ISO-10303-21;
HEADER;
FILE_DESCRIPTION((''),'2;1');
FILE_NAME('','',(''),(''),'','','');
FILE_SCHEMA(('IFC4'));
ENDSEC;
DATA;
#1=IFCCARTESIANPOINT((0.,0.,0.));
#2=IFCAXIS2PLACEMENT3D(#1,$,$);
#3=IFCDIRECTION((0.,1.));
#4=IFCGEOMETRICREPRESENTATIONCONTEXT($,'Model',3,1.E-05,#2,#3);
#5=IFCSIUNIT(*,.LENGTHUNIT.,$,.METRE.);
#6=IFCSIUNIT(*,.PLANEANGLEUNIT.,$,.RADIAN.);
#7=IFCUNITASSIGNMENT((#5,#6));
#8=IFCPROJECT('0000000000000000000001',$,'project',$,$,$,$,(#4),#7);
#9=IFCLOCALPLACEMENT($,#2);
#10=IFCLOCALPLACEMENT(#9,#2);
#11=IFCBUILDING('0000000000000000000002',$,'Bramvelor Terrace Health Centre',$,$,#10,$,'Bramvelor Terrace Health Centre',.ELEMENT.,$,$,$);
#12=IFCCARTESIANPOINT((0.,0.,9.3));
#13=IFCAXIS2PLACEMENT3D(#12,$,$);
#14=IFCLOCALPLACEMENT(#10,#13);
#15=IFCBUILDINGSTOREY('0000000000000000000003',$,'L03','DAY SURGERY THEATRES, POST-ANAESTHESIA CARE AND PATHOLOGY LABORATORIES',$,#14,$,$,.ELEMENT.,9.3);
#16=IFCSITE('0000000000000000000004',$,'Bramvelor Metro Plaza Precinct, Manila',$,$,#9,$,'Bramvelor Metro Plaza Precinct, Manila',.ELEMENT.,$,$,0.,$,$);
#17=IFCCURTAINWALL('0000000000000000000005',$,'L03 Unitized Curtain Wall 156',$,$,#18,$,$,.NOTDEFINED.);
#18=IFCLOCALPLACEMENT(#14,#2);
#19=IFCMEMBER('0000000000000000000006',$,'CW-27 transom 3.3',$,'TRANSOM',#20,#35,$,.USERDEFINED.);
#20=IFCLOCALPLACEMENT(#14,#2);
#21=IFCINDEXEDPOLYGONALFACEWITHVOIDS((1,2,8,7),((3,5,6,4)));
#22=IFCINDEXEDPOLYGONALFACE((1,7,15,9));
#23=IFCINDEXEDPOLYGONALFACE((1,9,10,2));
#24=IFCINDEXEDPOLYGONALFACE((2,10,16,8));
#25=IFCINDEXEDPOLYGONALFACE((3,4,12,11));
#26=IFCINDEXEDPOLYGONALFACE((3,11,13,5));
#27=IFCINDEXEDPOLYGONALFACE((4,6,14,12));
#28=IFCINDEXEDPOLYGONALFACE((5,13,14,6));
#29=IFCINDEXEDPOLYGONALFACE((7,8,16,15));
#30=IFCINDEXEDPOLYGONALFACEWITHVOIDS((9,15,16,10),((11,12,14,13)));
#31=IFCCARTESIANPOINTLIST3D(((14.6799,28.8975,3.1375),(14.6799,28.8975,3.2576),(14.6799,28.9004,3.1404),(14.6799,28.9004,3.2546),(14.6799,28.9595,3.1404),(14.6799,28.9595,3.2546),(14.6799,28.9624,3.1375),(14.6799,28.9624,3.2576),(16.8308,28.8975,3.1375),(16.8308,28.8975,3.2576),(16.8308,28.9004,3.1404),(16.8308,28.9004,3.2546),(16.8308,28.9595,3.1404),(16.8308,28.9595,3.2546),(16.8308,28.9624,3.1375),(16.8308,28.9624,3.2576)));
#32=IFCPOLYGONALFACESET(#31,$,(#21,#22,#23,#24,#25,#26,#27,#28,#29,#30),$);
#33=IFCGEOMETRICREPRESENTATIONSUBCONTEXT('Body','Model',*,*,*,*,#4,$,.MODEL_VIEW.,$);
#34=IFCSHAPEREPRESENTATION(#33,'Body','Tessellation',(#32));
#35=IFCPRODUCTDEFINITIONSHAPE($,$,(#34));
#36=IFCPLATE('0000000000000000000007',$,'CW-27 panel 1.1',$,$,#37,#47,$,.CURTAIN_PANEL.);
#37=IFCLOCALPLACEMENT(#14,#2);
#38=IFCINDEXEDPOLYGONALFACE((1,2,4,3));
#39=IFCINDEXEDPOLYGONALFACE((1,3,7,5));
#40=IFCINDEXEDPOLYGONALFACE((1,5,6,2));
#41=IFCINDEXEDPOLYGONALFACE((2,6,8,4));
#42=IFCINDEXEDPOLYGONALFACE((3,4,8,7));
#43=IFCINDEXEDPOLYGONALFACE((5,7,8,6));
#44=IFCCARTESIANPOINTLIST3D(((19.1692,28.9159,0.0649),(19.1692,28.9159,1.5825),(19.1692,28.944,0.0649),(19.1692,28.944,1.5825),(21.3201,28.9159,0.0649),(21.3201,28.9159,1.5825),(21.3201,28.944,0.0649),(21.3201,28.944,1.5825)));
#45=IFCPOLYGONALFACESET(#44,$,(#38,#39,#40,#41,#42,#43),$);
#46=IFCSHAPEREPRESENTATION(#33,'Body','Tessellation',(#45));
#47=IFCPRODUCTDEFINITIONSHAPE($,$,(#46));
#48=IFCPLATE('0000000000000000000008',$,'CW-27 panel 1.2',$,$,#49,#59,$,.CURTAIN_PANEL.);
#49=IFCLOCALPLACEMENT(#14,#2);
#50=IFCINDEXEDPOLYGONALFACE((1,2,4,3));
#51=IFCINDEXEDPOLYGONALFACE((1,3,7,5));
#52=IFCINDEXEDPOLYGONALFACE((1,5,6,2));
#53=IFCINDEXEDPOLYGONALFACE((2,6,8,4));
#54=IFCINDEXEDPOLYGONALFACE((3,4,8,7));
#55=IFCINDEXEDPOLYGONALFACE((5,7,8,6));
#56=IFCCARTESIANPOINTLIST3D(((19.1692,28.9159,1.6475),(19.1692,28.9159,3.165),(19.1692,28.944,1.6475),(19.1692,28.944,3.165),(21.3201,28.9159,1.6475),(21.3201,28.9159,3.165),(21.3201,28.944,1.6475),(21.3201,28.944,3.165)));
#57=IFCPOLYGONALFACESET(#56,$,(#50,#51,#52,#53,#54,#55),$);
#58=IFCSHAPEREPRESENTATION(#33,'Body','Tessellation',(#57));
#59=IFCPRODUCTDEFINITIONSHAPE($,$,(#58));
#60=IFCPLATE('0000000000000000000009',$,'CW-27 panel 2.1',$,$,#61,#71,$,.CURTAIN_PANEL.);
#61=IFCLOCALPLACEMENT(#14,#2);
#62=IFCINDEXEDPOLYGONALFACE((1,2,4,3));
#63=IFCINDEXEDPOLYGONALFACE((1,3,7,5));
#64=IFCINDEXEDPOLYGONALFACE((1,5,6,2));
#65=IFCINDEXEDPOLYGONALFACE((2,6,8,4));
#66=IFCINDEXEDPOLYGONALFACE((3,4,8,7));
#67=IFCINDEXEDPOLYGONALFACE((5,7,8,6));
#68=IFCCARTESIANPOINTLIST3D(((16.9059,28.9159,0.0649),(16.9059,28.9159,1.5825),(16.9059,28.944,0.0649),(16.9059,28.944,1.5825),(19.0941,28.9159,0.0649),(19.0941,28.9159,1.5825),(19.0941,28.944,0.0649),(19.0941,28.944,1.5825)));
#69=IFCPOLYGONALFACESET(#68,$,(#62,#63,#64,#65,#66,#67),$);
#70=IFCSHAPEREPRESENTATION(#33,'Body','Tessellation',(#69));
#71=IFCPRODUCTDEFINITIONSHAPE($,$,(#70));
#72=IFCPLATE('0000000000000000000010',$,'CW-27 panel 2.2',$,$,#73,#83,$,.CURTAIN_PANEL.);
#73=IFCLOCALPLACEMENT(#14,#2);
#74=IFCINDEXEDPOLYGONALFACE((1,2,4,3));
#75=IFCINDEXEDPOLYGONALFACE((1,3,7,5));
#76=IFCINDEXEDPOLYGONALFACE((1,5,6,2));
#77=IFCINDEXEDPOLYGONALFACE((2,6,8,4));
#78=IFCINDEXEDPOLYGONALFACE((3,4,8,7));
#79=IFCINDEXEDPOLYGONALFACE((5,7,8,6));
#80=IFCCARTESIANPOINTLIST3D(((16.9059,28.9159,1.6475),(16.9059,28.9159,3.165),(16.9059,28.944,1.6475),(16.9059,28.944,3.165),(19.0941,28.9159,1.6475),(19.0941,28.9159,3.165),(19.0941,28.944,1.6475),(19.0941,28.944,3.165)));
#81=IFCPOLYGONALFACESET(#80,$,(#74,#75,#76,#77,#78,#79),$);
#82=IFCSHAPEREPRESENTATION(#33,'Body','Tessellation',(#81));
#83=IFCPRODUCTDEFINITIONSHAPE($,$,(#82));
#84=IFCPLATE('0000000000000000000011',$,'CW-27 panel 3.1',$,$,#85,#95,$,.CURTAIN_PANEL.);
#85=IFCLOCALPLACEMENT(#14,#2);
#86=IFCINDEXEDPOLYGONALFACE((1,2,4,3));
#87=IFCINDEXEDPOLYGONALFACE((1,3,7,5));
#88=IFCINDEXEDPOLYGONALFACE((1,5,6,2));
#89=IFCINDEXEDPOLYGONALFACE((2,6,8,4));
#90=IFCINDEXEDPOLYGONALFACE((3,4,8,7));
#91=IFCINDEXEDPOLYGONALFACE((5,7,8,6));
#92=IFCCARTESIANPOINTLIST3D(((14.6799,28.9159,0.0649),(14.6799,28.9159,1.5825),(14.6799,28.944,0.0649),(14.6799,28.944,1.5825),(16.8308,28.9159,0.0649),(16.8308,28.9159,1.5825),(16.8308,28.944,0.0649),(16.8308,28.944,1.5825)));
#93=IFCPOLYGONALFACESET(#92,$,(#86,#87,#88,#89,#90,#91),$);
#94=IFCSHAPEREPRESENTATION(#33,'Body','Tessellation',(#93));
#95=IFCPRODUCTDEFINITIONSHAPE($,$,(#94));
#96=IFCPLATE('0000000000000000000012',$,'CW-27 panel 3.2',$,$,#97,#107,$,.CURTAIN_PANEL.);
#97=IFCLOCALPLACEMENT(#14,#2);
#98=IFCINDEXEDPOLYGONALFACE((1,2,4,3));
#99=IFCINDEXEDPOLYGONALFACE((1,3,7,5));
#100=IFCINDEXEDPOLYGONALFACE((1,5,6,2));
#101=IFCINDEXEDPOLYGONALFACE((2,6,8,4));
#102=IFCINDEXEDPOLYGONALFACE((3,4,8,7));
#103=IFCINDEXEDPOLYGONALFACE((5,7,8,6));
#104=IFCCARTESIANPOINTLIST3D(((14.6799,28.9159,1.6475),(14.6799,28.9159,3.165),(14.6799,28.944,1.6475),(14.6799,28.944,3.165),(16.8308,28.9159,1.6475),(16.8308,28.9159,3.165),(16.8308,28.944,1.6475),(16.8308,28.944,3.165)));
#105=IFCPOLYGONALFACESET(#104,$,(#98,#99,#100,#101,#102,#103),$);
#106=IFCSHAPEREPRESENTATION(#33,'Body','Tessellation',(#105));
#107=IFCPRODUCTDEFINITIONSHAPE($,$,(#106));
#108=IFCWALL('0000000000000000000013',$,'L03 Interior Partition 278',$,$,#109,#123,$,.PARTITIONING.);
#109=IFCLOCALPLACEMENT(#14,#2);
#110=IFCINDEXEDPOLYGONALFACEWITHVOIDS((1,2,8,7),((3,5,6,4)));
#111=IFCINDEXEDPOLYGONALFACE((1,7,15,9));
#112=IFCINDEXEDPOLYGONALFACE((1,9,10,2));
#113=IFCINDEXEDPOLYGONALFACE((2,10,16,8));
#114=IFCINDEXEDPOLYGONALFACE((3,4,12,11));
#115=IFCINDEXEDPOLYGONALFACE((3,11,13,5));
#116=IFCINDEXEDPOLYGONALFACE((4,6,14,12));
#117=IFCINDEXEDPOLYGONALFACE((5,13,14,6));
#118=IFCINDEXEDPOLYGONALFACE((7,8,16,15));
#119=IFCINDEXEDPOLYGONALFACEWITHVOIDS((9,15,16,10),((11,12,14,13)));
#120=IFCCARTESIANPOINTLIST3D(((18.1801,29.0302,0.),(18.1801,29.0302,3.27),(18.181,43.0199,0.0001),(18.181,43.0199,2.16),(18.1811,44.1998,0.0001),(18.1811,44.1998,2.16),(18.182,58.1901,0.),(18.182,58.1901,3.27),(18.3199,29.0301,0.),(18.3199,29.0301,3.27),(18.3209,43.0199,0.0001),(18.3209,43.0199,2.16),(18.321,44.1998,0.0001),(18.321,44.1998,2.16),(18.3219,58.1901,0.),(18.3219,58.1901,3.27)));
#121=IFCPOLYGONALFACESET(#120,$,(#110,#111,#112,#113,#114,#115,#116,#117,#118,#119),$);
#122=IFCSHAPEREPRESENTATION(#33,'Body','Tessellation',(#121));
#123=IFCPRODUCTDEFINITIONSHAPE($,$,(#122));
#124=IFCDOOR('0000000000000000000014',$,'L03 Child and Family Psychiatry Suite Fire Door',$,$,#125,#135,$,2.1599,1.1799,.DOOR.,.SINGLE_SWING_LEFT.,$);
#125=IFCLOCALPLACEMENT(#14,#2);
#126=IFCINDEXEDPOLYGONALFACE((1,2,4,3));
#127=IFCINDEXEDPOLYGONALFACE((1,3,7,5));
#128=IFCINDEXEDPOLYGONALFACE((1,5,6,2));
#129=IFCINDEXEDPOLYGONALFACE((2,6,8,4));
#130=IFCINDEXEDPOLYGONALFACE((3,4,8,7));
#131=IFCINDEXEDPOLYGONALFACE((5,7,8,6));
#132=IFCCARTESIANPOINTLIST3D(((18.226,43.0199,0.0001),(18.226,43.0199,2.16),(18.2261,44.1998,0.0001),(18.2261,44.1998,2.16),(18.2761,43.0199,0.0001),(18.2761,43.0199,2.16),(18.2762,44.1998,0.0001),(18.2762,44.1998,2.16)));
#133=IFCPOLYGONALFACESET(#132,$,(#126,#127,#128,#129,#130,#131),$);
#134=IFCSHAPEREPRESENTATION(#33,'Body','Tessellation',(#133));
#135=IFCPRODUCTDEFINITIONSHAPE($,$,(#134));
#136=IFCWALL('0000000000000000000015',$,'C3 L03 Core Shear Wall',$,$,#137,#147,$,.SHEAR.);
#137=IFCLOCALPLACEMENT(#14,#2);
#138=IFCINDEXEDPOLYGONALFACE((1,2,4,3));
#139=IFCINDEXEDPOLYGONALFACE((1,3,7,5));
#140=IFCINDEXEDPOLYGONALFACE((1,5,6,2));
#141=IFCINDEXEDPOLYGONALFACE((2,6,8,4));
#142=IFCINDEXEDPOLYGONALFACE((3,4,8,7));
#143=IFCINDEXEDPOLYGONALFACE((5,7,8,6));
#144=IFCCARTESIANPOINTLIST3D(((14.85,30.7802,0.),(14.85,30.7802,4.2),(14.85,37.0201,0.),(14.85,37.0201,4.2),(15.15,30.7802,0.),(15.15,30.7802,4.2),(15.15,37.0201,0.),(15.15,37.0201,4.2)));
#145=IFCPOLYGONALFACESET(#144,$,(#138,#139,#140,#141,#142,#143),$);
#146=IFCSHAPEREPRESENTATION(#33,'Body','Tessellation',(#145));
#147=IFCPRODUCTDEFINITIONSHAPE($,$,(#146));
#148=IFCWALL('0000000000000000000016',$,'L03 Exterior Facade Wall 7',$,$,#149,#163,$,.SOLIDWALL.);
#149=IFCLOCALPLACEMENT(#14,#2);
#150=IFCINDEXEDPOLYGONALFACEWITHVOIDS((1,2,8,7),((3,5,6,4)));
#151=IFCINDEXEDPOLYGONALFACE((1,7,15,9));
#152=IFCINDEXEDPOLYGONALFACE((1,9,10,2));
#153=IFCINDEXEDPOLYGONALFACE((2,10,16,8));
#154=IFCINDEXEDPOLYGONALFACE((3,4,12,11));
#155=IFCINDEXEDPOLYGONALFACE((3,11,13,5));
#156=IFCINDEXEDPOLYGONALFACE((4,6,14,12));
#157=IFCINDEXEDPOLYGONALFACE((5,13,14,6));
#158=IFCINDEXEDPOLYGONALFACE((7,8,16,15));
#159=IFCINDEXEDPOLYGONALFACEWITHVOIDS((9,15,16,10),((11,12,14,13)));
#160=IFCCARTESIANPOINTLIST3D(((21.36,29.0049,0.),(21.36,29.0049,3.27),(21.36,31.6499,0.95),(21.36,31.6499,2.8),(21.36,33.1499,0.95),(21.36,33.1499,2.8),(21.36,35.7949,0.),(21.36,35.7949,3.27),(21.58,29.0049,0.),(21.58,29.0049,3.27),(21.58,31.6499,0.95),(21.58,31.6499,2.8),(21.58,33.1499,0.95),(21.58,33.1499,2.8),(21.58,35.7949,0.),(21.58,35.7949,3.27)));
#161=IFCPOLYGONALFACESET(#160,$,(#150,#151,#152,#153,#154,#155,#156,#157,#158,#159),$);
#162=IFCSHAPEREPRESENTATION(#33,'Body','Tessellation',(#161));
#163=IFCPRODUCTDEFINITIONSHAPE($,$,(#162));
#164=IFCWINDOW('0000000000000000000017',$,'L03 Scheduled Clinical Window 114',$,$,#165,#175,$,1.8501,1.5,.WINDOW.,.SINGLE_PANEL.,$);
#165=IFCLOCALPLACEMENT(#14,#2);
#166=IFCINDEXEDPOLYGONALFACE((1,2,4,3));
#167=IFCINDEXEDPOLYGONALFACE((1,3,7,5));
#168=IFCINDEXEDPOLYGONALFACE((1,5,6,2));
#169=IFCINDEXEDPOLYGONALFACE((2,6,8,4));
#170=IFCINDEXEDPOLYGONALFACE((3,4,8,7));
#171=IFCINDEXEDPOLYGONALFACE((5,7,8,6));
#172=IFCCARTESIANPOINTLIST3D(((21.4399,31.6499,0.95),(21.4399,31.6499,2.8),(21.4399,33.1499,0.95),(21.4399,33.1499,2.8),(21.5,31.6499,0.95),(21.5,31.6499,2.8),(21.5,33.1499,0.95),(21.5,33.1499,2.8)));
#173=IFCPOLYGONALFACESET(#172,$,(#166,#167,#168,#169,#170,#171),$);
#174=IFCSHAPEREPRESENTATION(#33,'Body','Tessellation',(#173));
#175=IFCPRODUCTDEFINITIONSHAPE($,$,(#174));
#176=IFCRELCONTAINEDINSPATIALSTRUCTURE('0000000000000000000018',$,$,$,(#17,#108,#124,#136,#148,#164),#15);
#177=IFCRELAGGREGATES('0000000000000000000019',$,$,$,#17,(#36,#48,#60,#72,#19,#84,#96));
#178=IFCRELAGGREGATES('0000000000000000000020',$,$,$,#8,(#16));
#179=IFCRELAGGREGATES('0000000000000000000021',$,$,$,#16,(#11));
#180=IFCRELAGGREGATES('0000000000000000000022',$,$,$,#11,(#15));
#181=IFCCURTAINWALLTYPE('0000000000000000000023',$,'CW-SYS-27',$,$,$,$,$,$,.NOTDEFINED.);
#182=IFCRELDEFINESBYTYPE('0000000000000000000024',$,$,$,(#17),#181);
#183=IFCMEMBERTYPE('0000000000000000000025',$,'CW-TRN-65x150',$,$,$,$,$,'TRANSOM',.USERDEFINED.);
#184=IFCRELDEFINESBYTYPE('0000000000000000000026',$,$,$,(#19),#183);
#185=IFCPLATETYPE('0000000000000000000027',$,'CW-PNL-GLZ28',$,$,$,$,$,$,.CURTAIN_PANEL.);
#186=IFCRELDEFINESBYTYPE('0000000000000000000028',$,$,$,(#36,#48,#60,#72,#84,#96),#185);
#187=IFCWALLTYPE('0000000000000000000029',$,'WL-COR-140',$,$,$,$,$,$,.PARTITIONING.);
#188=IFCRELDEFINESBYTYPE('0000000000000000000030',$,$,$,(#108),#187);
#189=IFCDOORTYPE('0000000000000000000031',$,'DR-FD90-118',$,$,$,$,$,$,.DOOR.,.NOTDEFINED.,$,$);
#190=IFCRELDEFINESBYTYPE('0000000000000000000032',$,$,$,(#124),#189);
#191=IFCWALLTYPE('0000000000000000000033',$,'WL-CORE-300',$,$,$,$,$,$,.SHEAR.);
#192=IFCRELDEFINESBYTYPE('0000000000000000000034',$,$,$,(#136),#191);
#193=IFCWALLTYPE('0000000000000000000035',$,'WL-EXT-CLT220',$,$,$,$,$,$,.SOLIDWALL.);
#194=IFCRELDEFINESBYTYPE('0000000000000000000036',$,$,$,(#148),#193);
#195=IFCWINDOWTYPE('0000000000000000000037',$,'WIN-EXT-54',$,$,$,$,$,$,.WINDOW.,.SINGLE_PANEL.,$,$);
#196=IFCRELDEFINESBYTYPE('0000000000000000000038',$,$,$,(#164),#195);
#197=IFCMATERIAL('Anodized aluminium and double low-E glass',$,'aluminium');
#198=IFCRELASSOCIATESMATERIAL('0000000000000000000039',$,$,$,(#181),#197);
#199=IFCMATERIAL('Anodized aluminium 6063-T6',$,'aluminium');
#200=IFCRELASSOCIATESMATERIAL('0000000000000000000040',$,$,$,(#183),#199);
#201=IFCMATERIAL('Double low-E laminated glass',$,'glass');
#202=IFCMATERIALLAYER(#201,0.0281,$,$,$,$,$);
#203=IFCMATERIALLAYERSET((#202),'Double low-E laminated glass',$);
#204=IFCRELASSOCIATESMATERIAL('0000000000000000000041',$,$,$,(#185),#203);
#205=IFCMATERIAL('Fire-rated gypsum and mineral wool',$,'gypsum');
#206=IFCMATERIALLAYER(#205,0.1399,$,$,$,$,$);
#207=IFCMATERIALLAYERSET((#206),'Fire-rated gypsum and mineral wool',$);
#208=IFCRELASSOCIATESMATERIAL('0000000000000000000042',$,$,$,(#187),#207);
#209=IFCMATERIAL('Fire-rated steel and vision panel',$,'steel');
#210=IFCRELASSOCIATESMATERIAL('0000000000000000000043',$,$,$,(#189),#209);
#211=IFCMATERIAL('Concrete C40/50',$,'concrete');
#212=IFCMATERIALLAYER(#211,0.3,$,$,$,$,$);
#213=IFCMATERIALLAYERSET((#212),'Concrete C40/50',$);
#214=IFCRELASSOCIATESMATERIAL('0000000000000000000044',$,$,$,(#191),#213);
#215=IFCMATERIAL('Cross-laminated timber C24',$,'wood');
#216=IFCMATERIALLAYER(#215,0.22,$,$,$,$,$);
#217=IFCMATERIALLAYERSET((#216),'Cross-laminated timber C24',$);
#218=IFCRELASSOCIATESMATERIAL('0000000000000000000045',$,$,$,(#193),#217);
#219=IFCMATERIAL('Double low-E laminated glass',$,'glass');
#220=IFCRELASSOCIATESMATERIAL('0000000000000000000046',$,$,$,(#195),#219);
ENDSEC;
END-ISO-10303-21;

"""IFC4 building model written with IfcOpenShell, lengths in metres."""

from ifc_helpers import new_model, si_unit, direction, frame, frame_2d, origin, origin_2d, place, context, subcontext, project, spatial, rectangle, hollow_rectangle, extrude, material, layer, layer_set, material_profile, profile_set, type_object, element, fill, aggregate, save


model = new_model("IFC4")

# Units and contexts
model_context = context("Model", 3, precision=1e-05, world=origin(), true_north=direction((0.0, 1.0)))
body_context = subcontext(model_context, "Body", "Model", "MODEL_VIEW")
ifc_project = project(units=[si_unit("LENGTHUNIT", "METRE"), si_unit("PLANEANGLEUNIT", "RADIAN")], contexts=[model_context])

# Site, building, storey
site_placement = place(None, origin())
site = spatial("IfcSite", under=ifc_project, at=site_placement, Name="Bramvelor Metro Plaza Precinct, Manila", LongName="Bramvelor Metro Plaza Precinct, Manila", CompositionType="ELEMENT", RefElevation=0.0)
building_placement = place(site_placement, origin())
building = spatial("IfcBuilding", under=site, at=building_placement, Name="Bramvelor Terrace Health Centre", LongName="Bramvelor Terrace Health Centre", CompositionType="ELEMENT")
storey_placement = place(building_placement, frame((0.0, 0.0, 9.3)))
storey = spatial("IfcBuildingStorey", under=building, at=storey_placement, Name="L03", Description="DAY SURGERY THEATRES, POST-ANAESTHESIA CARE AND PATHOLOGY LABORATORIES", CompositionType="ELEMENT", Elevation=9.3)

# Curtain wall, member, plates
ifc_material_1 = material(Name="Anodized aluminium and double low-E glass", Category="aluminium")
curtain_wall_type = type_object("IfcCurtainWallType", Name="CW-SYS-27", PredefinedType="NOTDEFINED", material=ifc_material_1)
curtain_wall_placement = place(storey_placement, origin())
curtain_wall = element("IfcCurtainWall", 1, at=curtain_wall_placement, inside=storey, type_object=curtain_wall_type, Name="L03 Unitized Curtain Wall 156", PredefinedType="NOTDEFINED")
ifc_material_2 = material(Name="Anodized aluminium 6063-T6", Category="aluminium")
ifc_material_profile_1 = material_profile(ifc_material_2, hollow_rectangle(XDim=0.0649, YDim=0.1201, WallThickness=0.0029, at=origin_2d()), Name="ALU-TRN 65x120x3.0")
ifc_profile_set_1 = profile_set([ifc_material_profile_1], Name="Anodized aluminium 6063-T6")
member_type_1 = type_object("IfcMemberType", Name="CW-TRN-65x150", ElementType="TRANSOM", PredefinedType="USERDEFINED", material=ifc_profile_set_1)
member_1_placement = place(storey_placement, frame((16.8308, 28.9299, 3.1975), z_axis=(-1.0, 0.0, 0.0), x_axis=(0.0, -1.0, 0.0)))
member_1 = element("IfcMember", 2, at=member_1_placement, type_object=member_type_1, Name="CW-27 transom 3.3", ObjectType="TRANSOM", PredefinedType="USERDEFINED", context=body_context, shape_type="SweptSolid", body=[
    extrude(hollow_rectangle(XDim=0.0649, YDim=0.1201, WallThickness=0.0029, at=origin_2d()), origin(), (0.0, 0.0, 1.0), 2.1509),
])
ifc_material_3 = material(Name="Double low-E laminated glass", Category="glass")
ifc_layer_1 = layer(ifc_material_3, 0.0281)
ifc_layer_set_1 = layer_set([ifc_layer_1], Name="Double low-E laminated glass")
plate_type = type_object("IfcPlateType", Name="CW-PNL-GLZ28", PredefinedType="CURTAIN_PANEL", material=ifc_layer_set_1)
plate_1_placement = place(storey_placement, frame((20.2446, 28.9299, 0.0649), z_axis=(0.0, 0.0, 1.0), x_axis=(-1.0, 0.0, 0.0)))
plate_1 = element("IfcPlate", 3, at=plate_1_placement, type_object=plate_type, Name="CW-27 panel 1.1", PredefinedType="CURTAIN_PANEL", context=body_context, shape_type="SweptSolid", body=[
    extrude(rectangle(XDim=2.1509, YDim=0.0281, at=origin_2d()), origin(), (0.0, 0.0, 1.0), 1.5176),
])
plate_2_placement = place(storey_placement, frame((20.2446, 28.9299, 1.6475), z_axis=(0.0, 0.0, 1.0), x_axis=(-1.0, 0.0, 0.0)))
plate_2 = element("IfcPlate", 4, at=plate_2_placement, type_object=plate_type, Name="CW-27 panel 1.2", PredefinedType="CURTAIN_PANEL", context=body_context, shape_type="SweptSolid", body=[
    extrude(rectangle(XDim=2.1509, YDim=0.0281, at=origin_2d()), origin(), (0.0, 0.0, 1.0), 1.5176),
])
plate_3_placement = place(storey_placement, frame((18.0, 28.9299, 0.0649), z_axis=(0.0, 0.0, 1.0), x_axis=(-1.0, 0.0, 0.0)))
plate_3 = element("IfcPlate", 5, at=plate_3_placement, type_object=plate_type, Name="CW-27 panel 2.1", PredefinedType="CURTAIN_PANEL", context=body_context, shape_type="SweptSolid", body=[
    extrude(rectangle(XDim=2.1882, YDim=0.0281, at=origin_2d()), origin(), (0.0, 0.0, 1.0), 1.5176),
])
plate_4_placement = place(storey_placement, frame((18.0, 28.9299, 1.6475), z_axis=(0.0, 0.0, 1.0), x_axis=(-1.0, 0.0, 0.0)))
plate_4 = element("IfcPlate", 6, at=plate_4_placement, type_object=plate_type, Name="CW-27 panel 2.2", PredefinedType="CURTAIN_PANEL", context=body_context, shape_type="SweptSolid", body=[
    extrude(rectangle(XDim=2.1882, YDim=0.0281, at=origin_2d()), origin(), (0.0, 0.0, 1.0), 1.5176),
])
plate_5_placement = place(storey_placement, frame((15.7554, 28.9299, 0.0649), z_axis=(0.0, 0.0, 1.0), x_axis=(-1.0, 0.0, 0.0)))
plate_5 = element("IfcPlate", 7, at=plate_5_placement, type_object=plate_type, Name="CW-27 panel 3.1", PredefinedType="CURTAIN_PANEL", context=body_context, shape_type="SweptSolid", body=[
    extrude(rectangle(XDim=2.1509, YDim=0.0281, at=origin_2d()), origin(), (0.0, 0.0, 1.0), 1.5176),
])
plate_6_placement = place(storey_placement, frame((15.7554, 28.9299, 1.6475), z_axis=(0.0, 0.0, 1.0), x_axis=(-1.0, 0.0, 0.0)))
plate_6 = element("IfcPlate", 8, at=plate_6_placement, type_object=plate_type, Name="CW-27 panel 3.2", PredefinedType="CURTAIN_PANEL", context=body_context, shape_type="SweptSolid", body=[
    extrude(rectangle(XDim=2.1509, YDim=0.0281, at=origin_2d()), origin(), (0.0, 0.0, 1.0), 1.5176),
])
aggregate(curtain_wall, [plate_1, plate_2, plate_3, plate_4, member_1, plate_5, plate_6])

# Wall, opening, door
ifc_material_4 = material(Name="Fire-rated gypsum and mineral wool", Category="gypsum")
ifc_layer_2 = layer(ifc_material_4, 0.1399)
ifc_layer_set_2 = layer_set([ifc_layer_2], Name="Fire-rated gypsum and mineral wool")
wall_type_1 = type_object("IfcWallType", Name="WL-COR-140", PredefinedType="PARTITIONING", material=ifc_layer_set_2)
wall_1_placement = place(storey_placement, frame((18.25, 29.03, 0.0), z_axis=(0.0, 0.0, 1.0), x_axis=(0.000067, 1.0, 0.0)))
wall_1 = element("IfcWall", 9, at=wall_1_placement, inside=storey, type_object=wall_type_1, Name="L03 Interior Partition 278", PredefinedType="PARTITIONING", context=body_context, shape_type="SweptSolid", body=[
    extrude(rectangle(XDim=29.1599, YDim=0.1399, at=frame_2d((14.5801, 0.0))), origin(), (0.0, 0.0, 1.0), 3.27),
])
opening_1_placement = place(wall_1_placement, frame((13.99, 0.0, 0.0)))
opening_1 = element("IfcOpeningElement", 10, at=opening_1_placement, cuts=wall_1, PredefinedType="OPENING", context=body_context, shape_type="SweptSolid", body=[
    extrude(rectangle(XDim=1.1799, YDim=2.1599, at=frame_2d((0.5898, 1.0801))), frame((0.0, 0.0798, 0.0), z_axis=(0.0, -1.0, 0.0), x_axis=(1.0, 0.0, 0.0)), (0.0, 0.0, 1.0), 0.1599),
])
ifc_material_5 = material(Name="Fire-rated steel and vision panel", Category="steel")
door_type = type_object("IfcDoorType", Name="DR-FD90-118", OperationType="NOTDEFINED", PredefinedType="DOOR", material=ifc_material_5)
door_placement = place(opening_1_placement, origin())
door = element("IfcDoor", 11, at=door_placement, inside=storey, type_object=door_type, Name="L03 Child and Family Psychiatry Suite Fire Door", OperationType="SINGLE_SWING_LEFT", OverallHeight=2.1599, OverallWidth=1.1799, PredefinedType="DOOR", context=body_context, shape_type="SweptSolid", body=[
    extrude(rectangle(XDim=1.1799, YDim=2.1599, at=frame_2d((0.5898, 1.0801))), frame((0.0, 0.0249, 0.0), z_axis=(0.0, -1.0, 0.0), x_axis=(1.0, 0.0, 0.0)), (0.0, 0.0, 1.0), 0.05),
])
fill(opening_1, door)

# Wall
ifc_material_6 = material(Name="Concrete C40/50", Category="concrete")
ifc_layer_3 = layer(ifc_material_6, 0.3)
ifc_layer_set_3 = layer_set([ifc_layer_3], Name="Concrete C40/50")
wall_type_2 = type_object("IfcWallType", Name="WL-CORE-300", PredefinedType="SHEAR", material=ifc_layer_set_3)
wall_2_placement = place(storey_placement, frame((15.0, 30.78, 0.0), z_axis=(0.0, 0.0, 1.0), x_axis=(0.0, 1.0, 0.0)))
element("IfcWall", 12, at=wall_2_placement, inside=storey, type_object=wall_type_2, Name="C3 L03 Core Shear Wall", PredefinedType="SHEAR", context=body_context, shape_type="SweptSolid", body=[
    extrude(rectangle(XDim=6.24, YDim=0.3, at=frame_2d((3.1201, 0.0))), origin(), (0.0, 0.0, 1.0), 4.2),
])

# Wall, opening, window
ifc_material_7 = material(Name="Cross-laminated timber C24", Category="wood")
ifc_layer_4 = layer(ifc_material_7, 0.22)
ifc_layer_set_4 = layer_set([ifc_layer_4], Name="Cross-laminated timber C24")
wall_type_3 = type_object("IfcWallType", Name="WL-EXT-CLT220", PredefinedType="SOLIDWALL", material=ifc_layer_set_4)
wall_3_placement = place(storey_placement, frame((21.47, 35.7949, 0.0), z_axis=(0.0, 0.0, 1.0), x_axis=(0.0, -1.0, 0.0)))
wall_3 = element("IfcWall", 13, at=wall_3_placement, inside=storey, type_object=wall_type_3, Name="L03 Exterior Facade Wall 7", PredefinedType="SOLIDWALL", context=body_context, shape_type="SweptSolid", body=[
    extrude(rectangle(XDim=6.79, YDim=0.22, at=frame_2d((3.395, 0.0))), origin(), (0.0, 0.0, 1.0), 3.27),
])
opening_2_placement = place(wall_3_placement, frame((2.645, 0.0, 0.95)))
opening_2 = element("IfcOpeningElement", 14, at=opening_2_placement, cuts=wall_3, PredefinedType="OPENING", context=body_context, shape_type="SweptSolid", body=[
    extrude(rectangle(XDim=1.5, YDim=1.8501, at=frame_2d((0.75, 0.925))), frame((0.0, 0.1199, 0.0), z_axis=(0.0, -1.0, 0.0), x_axis=(1.0, 0.0, 0.0)), (0.0, 0.0, 1.0), 0.24),
])
ifc_material_8 = material(Name="Double low-E laminated glass", Category="glass")
window_type = type_object("IfcWindowType", Name="WIN-EXT-54", PartitioningType="SINGLE_PANEL", PredefinedType="WINDOW", material=ifc_material_8)
window_placement = place(opening_2_placement, origin())
window = element("IfcWindow", 15, at=window_placement, inside=storey, type_object=window_type, Name="L03 Scheduled Clinical Window 114", OverallHeight=1.8501, OverallWidth=1.5, PartitioningType="SINGLE_PANEL", PredefinedType="WINDOW", context=body_context, shape_type="SweptSolid", body=[
    extrude(rectangle(XDim=1.5, YDim=1.8501, at=frame_2d((0.75, 0.925))), frame((0.0, 0.03, 0.0), z_axis=(0.0, -1.0, 0.0), x_axis=(1.0, 0.0, 0.0)), (0.0, 0.0, 1.0), 0.0601),
])
fill(opening_2, window)

save(model, "model.ifc")
